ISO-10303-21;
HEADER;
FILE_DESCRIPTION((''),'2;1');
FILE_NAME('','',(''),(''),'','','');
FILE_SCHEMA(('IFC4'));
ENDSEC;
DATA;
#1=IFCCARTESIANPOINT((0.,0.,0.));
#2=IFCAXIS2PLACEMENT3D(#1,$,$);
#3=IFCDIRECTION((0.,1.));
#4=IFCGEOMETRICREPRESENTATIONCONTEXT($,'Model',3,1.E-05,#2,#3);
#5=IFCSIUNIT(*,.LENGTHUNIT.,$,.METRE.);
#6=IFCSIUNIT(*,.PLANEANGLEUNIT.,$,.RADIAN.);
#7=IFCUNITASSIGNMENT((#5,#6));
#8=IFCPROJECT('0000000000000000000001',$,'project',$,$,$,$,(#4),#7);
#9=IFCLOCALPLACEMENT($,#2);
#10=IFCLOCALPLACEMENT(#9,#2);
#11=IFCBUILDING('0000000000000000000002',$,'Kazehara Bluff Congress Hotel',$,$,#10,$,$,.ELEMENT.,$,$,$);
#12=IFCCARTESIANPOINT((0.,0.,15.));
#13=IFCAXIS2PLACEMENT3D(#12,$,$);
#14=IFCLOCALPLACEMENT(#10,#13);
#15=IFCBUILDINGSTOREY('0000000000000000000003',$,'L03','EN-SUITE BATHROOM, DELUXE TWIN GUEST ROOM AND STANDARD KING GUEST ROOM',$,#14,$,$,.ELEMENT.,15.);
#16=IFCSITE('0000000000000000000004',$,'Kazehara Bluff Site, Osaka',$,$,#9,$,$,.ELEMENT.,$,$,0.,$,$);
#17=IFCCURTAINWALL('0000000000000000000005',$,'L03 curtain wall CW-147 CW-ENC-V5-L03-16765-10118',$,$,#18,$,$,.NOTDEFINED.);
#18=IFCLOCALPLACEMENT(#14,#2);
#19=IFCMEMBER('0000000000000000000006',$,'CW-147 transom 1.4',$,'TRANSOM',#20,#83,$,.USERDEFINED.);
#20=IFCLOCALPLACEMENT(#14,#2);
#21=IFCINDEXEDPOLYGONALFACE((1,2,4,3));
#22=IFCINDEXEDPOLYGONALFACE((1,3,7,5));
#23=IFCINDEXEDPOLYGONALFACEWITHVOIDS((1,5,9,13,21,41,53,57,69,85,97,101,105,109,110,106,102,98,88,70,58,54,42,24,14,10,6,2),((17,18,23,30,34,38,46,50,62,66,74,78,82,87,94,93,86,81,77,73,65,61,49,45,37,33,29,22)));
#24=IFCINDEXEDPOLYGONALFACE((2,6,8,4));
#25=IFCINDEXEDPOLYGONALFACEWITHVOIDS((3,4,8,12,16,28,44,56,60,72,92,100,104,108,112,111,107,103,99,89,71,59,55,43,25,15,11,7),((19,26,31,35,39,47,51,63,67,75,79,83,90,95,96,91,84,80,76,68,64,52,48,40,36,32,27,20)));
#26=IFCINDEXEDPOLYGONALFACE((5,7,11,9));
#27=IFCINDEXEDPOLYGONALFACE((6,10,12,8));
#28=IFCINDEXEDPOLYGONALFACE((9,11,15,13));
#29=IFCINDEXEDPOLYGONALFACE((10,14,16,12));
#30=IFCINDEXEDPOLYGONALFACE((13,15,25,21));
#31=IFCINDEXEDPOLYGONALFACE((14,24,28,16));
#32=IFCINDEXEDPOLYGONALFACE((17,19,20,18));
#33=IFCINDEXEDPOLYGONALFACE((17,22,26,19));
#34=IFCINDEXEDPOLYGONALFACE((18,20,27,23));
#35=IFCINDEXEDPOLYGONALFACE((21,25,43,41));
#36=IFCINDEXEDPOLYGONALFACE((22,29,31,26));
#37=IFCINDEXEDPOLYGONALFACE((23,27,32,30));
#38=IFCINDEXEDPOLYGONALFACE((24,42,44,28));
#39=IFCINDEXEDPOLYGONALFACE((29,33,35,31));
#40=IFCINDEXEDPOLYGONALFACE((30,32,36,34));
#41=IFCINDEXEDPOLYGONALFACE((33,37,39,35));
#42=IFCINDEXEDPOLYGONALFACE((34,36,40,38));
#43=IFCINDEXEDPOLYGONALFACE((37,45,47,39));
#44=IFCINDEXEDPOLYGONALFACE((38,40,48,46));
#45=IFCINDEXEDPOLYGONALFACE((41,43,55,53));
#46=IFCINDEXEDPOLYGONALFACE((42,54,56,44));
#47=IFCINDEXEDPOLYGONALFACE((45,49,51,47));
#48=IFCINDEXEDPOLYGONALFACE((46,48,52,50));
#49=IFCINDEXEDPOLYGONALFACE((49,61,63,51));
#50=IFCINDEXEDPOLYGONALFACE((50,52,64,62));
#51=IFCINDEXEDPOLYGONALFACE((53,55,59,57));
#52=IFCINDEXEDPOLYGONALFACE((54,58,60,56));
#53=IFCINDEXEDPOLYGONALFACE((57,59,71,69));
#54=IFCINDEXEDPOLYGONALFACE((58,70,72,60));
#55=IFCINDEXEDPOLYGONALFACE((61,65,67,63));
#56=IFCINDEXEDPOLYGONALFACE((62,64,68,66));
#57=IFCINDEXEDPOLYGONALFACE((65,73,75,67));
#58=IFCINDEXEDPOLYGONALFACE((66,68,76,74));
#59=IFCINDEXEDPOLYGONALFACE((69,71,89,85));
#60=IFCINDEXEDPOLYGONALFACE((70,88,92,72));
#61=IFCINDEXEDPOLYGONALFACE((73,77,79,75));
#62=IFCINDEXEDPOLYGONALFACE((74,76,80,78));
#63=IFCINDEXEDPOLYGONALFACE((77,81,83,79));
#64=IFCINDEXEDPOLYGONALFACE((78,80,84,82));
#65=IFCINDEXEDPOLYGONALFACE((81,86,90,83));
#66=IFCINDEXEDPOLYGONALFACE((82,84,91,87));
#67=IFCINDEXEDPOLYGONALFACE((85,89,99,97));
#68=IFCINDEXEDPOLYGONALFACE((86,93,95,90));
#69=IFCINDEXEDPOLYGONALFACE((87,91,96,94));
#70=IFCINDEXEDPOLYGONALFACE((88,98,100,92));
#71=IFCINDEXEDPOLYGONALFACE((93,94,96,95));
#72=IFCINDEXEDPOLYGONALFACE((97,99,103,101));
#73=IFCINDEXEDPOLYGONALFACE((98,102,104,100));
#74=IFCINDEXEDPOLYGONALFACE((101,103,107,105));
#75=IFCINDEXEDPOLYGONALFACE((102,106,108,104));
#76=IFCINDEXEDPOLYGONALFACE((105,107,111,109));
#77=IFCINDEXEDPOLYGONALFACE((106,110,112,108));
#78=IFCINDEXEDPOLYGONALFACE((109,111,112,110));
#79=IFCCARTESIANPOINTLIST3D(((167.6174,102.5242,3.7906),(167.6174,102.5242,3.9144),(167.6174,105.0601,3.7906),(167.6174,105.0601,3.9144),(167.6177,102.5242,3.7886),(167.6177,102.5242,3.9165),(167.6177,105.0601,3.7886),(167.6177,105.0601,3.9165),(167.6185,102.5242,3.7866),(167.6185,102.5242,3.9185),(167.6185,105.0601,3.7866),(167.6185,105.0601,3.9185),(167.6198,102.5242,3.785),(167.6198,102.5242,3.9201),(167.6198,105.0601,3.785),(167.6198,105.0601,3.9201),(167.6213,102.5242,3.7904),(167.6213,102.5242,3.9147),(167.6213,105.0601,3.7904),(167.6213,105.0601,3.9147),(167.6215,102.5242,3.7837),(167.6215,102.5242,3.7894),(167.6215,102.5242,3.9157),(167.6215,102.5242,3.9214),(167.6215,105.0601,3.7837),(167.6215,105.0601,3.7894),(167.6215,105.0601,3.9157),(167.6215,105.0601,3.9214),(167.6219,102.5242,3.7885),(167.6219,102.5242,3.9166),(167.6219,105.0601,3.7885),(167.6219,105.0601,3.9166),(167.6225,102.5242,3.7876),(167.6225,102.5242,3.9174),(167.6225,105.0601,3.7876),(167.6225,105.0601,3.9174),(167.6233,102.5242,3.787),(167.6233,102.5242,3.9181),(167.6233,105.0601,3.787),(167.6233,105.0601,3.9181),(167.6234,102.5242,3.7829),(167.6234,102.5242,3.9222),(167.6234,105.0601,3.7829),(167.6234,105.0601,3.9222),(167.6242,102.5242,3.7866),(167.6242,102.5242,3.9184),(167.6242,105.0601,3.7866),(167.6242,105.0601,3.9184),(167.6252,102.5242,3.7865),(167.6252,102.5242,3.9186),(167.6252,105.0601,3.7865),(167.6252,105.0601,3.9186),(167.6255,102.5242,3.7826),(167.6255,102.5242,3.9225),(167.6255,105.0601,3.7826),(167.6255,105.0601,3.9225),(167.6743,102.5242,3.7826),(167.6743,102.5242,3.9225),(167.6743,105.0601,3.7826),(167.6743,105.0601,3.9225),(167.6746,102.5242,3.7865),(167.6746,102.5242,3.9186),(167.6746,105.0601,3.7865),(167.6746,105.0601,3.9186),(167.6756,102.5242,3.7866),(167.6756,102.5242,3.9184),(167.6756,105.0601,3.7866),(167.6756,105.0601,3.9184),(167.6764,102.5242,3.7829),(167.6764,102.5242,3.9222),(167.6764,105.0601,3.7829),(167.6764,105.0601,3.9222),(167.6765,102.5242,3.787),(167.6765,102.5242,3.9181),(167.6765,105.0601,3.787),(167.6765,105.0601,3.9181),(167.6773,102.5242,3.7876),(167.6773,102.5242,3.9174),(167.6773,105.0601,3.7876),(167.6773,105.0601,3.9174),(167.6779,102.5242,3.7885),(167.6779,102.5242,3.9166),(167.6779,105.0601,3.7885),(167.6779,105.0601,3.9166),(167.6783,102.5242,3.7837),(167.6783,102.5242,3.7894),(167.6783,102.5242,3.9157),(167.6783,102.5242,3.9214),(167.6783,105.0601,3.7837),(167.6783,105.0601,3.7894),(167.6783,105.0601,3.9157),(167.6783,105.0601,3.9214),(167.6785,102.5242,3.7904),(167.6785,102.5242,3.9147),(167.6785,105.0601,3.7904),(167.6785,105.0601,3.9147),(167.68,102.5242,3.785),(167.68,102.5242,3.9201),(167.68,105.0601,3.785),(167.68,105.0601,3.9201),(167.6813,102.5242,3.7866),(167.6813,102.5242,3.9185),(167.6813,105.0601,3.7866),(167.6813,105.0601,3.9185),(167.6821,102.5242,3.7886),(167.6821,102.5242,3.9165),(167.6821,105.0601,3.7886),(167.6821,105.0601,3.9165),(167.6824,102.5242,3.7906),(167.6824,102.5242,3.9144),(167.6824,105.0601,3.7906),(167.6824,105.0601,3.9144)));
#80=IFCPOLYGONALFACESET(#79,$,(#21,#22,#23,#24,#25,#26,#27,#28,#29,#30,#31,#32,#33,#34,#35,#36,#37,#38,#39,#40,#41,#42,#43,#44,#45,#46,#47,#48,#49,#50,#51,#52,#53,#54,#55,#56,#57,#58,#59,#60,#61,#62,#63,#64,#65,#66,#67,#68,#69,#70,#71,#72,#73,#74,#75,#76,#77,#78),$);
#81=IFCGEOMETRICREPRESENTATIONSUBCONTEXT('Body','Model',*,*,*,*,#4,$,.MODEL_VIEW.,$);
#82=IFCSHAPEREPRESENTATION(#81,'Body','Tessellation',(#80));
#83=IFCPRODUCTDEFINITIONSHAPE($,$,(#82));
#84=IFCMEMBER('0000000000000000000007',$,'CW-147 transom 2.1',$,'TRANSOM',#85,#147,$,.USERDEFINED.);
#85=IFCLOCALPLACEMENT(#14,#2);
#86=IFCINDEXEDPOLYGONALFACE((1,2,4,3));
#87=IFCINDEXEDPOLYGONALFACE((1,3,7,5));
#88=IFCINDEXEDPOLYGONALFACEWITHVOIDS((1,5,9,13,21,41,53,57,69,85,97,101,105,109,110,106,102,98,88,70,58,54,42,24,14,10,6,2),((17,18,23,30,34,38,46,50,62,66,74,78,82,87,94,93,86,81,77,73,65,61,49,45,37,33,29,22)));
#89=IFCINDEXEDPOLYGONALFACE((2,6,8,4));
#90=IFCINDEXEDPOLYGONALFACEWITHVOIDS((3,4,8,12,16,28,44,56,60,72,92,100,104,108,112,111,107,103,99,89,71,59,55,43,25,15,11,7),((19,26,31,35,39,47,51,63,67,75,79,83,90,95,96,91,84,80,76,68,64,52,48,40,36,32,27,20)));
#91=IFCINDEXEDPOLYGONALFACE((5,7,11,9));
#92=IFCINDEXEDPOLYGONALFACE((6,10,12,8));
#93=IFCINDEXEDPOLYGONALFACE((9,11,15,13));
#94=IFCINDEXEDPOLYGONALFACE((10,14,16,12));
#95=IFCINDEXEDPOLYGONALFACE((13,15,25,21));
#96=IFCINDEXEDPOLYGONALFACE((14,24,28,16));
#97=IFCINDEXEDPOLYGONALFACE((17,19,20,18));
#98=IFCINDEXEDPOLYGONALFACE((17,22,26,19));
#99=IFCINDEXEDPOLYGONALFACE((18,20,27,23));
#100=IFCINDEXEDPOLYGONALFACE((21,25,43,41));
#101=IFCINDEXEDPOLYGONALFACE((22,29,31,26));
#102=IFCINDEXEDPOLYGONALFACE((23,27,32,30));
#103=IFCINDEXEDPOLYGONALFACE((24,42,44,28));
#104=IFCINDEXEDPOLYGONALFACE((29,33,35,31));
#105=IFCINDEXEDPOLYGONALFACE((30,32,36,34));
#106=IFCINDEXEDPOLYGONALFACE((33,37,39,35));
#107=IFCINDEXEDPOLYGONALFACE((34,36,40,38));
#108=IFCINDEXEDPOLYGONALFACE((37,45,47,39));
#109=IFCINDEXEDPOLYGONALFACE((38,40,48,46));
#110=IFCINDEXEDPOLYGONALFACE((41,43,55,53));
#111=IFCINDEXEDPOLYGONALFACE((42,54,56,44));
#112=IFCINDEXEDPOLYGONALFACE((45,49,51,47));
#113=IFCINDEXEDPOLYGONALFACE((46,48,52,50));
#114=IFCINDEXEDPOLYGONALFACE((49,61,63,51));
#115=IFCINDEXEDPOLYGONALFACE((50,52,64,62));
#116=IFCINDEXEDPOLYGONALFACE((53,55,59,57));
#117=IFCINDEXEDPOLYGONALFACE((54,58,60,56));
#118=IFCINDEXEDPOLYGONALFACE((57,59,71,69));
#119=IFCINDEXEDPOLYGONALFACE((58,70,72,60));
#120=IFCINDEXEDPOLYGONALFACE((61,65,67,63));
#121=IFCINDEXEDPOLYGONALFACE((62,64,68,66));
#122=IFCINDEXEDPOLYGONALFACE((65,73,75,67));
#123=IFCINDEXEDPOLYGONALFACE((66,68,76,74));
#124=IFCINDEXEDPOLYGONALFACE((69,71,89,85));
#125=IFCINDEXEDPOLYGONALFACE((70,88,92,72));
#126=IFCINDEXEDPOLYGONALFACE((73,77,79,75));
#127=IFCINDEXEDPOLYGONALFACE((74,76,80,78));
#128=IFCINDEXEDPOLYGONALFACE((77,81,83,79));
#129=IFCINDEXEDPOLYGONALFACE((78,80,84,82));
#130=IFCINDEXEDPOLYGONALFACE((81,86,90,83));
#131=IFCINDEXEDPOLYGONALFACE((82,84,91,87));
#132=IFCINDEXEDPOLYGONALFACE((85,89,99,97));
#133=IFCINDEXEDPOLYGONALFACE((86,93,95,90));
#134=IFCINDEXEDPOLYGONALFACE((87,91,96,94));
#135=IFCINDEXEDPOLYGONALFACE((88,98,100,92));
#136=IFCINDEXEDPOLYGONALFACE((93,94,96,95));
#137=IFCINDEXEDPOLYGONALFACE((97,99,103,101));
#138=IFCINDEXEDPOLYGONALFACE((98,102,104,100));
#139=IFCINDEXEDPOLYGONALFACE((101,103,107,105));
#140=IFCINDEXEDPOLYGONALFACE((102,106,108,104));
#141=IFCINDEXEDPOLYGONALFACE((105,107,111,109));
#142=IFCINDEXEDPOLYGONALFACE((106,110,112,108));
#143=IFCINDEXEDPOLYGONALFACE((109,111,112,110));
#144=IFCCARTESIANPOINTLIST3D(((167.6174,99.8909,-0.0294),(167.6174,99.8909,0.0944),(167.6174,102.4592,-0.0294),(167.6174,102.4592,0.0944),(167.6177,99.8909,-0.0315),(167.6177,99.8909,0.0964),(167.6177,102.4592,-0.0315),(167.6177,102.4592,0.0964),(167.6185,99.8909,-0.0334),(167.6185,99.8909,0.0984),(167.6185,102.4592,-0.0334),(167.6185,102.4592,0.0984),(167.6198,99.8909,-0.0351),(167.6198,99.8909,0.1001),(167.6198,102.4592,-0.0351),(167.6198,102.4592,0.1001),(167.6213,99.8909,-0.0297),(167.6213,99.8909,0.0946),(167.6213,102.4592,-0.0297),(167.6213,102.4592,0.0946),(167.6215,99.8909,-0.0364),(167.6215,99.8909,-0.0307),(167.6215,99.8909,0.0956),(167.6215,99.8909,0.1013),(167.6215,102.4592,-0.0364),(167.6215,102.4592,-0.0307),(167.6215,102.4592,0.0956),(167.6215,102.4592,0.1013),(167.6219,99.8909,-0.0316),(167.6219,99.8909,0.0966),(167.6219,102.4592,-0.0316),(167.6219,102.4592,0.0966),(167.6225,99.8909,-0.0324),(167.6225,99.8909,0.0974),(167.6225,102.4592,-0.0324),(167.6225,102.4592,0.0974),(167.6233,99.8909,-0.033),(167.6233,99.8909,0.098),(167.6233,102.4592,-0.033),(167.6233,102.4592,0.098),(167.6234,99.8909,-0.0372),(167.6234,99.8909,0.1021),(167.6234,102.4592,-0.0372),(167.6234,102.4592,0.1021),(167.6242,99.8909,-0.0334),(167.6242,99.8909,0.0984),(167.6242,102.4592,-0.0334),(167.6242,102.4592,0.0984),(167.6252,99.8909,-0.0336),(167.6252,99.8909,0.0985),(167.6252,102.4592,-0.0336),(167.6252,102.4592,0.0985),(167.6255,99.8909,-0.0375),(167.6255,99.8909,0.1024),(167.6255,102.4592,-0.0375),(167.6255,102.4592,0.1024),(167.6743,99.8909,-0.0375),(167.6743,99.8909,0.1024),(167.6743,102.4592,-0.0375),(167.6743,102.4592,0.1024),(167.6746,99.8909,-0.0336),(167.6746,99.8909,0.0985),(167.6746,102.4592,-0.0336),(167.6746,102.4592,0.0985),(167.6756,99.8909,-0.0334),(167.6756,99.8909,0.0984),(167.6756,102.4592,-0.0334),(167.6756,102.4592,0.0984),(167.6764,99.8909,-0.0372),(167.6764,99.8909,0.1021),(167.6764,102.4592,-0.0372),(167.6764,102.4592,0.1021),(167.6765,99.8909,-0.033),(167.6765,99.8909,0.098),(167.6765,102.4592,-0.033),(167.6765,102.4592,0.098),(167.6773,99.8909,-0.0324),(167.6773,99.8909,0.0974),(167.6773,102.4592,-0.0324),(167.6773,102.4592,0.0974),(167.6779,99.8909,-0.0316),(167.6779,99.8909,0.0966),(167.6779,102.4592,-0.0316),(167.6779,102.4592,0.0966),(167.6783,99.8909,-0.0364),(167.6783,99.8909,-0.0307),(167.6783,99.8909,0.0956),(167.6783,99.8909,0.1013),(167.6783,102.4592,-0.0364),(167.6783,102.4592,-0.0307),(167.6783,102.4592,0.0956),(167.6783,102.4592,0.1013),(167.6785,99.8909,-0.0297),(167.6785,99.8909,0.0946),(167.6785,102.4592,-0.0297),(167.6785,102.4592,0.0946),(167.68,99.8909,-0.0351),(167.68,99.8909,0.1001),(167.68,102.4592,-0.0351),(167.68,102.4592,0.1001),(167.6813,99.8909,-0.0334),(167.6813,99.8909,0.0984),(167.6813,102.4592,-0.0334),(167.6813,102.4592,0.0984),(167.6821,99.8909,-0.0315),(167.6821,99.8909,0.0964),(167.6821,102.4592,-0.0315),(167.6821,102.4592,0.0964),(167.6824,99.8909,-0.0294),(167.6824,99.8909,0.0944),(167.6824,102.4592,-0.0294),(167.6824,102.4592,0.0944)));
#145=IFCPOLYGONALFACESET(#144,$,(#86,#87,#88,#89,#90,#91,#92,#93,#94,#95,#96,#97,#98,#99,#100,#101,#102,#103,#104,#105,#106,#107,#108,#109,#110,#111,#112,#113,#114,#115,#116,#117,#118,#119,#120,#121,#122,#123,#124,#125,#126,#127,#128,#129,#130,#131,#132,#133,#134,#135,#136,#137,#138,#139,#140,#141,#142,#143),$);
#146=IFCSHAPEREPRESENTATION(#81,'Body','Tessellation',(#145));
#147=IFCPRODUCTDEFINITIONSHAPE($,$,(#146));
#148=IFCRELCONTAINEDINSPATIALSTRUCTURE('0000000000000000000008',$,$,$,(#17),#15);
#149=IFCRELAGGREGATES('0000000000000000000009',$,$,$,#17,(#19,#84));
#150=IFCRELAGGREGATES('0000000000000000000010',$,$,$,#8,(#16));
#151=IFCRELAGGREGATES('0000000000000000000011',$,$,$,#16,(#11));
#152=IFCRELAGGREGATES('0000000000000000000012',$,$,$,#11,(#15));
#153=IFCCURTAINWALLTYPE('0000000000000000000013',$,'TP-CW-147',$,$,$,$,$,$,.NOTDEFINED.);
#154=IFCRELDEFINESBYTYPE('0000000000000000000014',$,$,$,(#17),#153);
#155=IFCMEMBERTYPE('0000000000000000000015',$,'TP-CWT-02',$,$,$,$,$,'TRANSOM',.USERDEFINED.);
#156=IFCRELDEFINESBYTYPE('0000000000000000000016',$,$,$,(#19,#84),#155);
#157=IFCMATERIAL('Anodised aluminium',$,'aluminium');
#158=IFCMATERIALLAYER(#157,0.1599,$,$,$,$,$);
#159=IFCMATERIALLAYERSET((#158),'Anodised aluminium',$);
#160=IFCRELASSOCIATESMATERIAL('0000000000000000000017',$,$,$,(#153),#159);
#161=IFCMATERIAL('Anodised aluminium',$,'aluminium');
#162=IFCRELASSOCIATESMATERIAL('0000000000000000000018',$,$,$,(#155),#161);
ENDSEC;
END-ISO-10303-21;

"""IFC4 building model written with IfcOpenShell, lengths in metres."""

from ifc_helpers import new_model, si_unit, direction, frame, origin, origin_2d, place, context, subcontext, project, spatial, hollow_rectangle, extrude, material, layer, layer_set, material_profile, profile_set, type_object, element, aggregate, save


model = new_model("IFC4")

# Units and contexts
model_context = context("Model", 3, precision=1e-05, world=origin(), true_north=direction((0.0, 1.0)))
body_context = subcontext(model_context, "Body", "Model", "MODEL_VIEW")
ifc_project = project(units=[si_unit("LENGTHUNIT", "METRE"), si_unit("PLANEANGLEUNIT", "RADIAN")], contexts=[model_context])

# Site, building, storey
site_placement = place(None, origin())
site = spatial("IfcSite", under=ifc_project, at=site_placement, Name="Kazehara Bluff Site, Osaka", CompositionType="ELEMENT", RefElevation=0.0)
building_placement = place(site_placement, origin())
building = spatial("IfcBuilding", under=site, at=building_placement, Name="Kazehara Bluff Congress Hotel", CompositionType="ELEMENT")
storey_placement = place(building_placement, frame((0.0, 0.0, 15.0)))
storey = spatial("IfcBuildingStorey", under=building, at=storey_placement, Name="L03", Description="EN-SUITE BATHROOM, DELUXE TWIN GUEST ROOM AND STANDARD KING GUEST ROOM", CompositionType="ELEMENT", Elevation=15.0)

# Curtain wall, members
ifc_material_1 = material(Name="Anodised aluminium", Category="aluminium")
ifc_layer_1 = layer(ifc_material_1, 0.1599)
ifc_layer_set_1 = layer_set([ifc_layer_1], Name="Anodised aluminium")
curtain_wall_type = type_object("IfcCurtainWallType", Name="TP-CW-147", PredefinedType="NOTDEFINED", material=ifc_layer_set_1)
curtain_wall_placement = place(storey_placement, origin())
curtain_wall = element("IfcCurtainWall", 1, at=curtain_wall_placement, inside=storey, type_object=curtain_wall_type, Name="L03 curtain wall CW-147 CW-ENC-V5-L03-16765-10118", PredefinedType="NOTDEFINED")
ifc_material_2 = material(Name="Anodised aluminium", Category="aluminium")
ifc_material_profile_1 = material_profile(ifc_material_2, hollow_rectangle(XDim=0.0649, YDim=0.1399, WallThickness=0.0039, InnerFilletRadius=0.0039, OuterFilletRadius=0.0081, at=origin_2d()))
ifc_profile_set_1 = profile_set([ifc_material_profile_1], Name="Anodised aluminium")
member_type_1 = type_object("IfcMemberType", Name="TP-CWT-02", ElementType="TRANSOM", PredefinedType="USERDEFINED", material=ifc_profile_set_1)
member_1_placement = place(storey_placement, frame((167.6499, 105.0601, 3.8525), z_axis=(0.0, -1.0, 0.0), x_axis=(1.0, 0.0, 0.0)))
member_1 = element("IfcMember", 2, at=member_1_placement, type_object=member_type_1, Name="CW-147 transom 1.4", ObjectType="TRANSOM", PredefinedType="USERDEFINED", context=body_context, shape_type="SweptSolid", body=[
    extrude(hollow_rectangle(XDim=0.0649, YDim=0.1399, WallThickness=0.0039, InnerFilletRadius=0.0039, OuterFilletRadius=0.0081, at=origin_2d()), origin(), (0.0, 0.0, 1.0), 2.5359),
])
member_2_placement = place(storey_placement, frame((167.6499, 102.4592, 0.0325), z_axis=(0.0, -1.0, 0.0), x_axis=(1.0, 0.0, 0.0)))
member_2 = element("IfcMember", 3, at=member_2_placement, type_object=member_type_1, Name="CW-147 transom 2.1", ObjectType="TRANSOM", PredefinedType="USERDEFINED", context=body_context, shape_type="SweptSolid", body=[
    extrude(hollow_rectangle(XDim=0.0649, YDim=0.1399, WallThickness=0.0039, InnerFilletRadius=0.0039, OuterFilletRadius=0.0081, at=origin_2d()), origin(), (0.0, 0.0, 1.0), 2.5684),
])

aggregate(curtain_wall, [member_1, member_2])

save(model, "model.ifc")
